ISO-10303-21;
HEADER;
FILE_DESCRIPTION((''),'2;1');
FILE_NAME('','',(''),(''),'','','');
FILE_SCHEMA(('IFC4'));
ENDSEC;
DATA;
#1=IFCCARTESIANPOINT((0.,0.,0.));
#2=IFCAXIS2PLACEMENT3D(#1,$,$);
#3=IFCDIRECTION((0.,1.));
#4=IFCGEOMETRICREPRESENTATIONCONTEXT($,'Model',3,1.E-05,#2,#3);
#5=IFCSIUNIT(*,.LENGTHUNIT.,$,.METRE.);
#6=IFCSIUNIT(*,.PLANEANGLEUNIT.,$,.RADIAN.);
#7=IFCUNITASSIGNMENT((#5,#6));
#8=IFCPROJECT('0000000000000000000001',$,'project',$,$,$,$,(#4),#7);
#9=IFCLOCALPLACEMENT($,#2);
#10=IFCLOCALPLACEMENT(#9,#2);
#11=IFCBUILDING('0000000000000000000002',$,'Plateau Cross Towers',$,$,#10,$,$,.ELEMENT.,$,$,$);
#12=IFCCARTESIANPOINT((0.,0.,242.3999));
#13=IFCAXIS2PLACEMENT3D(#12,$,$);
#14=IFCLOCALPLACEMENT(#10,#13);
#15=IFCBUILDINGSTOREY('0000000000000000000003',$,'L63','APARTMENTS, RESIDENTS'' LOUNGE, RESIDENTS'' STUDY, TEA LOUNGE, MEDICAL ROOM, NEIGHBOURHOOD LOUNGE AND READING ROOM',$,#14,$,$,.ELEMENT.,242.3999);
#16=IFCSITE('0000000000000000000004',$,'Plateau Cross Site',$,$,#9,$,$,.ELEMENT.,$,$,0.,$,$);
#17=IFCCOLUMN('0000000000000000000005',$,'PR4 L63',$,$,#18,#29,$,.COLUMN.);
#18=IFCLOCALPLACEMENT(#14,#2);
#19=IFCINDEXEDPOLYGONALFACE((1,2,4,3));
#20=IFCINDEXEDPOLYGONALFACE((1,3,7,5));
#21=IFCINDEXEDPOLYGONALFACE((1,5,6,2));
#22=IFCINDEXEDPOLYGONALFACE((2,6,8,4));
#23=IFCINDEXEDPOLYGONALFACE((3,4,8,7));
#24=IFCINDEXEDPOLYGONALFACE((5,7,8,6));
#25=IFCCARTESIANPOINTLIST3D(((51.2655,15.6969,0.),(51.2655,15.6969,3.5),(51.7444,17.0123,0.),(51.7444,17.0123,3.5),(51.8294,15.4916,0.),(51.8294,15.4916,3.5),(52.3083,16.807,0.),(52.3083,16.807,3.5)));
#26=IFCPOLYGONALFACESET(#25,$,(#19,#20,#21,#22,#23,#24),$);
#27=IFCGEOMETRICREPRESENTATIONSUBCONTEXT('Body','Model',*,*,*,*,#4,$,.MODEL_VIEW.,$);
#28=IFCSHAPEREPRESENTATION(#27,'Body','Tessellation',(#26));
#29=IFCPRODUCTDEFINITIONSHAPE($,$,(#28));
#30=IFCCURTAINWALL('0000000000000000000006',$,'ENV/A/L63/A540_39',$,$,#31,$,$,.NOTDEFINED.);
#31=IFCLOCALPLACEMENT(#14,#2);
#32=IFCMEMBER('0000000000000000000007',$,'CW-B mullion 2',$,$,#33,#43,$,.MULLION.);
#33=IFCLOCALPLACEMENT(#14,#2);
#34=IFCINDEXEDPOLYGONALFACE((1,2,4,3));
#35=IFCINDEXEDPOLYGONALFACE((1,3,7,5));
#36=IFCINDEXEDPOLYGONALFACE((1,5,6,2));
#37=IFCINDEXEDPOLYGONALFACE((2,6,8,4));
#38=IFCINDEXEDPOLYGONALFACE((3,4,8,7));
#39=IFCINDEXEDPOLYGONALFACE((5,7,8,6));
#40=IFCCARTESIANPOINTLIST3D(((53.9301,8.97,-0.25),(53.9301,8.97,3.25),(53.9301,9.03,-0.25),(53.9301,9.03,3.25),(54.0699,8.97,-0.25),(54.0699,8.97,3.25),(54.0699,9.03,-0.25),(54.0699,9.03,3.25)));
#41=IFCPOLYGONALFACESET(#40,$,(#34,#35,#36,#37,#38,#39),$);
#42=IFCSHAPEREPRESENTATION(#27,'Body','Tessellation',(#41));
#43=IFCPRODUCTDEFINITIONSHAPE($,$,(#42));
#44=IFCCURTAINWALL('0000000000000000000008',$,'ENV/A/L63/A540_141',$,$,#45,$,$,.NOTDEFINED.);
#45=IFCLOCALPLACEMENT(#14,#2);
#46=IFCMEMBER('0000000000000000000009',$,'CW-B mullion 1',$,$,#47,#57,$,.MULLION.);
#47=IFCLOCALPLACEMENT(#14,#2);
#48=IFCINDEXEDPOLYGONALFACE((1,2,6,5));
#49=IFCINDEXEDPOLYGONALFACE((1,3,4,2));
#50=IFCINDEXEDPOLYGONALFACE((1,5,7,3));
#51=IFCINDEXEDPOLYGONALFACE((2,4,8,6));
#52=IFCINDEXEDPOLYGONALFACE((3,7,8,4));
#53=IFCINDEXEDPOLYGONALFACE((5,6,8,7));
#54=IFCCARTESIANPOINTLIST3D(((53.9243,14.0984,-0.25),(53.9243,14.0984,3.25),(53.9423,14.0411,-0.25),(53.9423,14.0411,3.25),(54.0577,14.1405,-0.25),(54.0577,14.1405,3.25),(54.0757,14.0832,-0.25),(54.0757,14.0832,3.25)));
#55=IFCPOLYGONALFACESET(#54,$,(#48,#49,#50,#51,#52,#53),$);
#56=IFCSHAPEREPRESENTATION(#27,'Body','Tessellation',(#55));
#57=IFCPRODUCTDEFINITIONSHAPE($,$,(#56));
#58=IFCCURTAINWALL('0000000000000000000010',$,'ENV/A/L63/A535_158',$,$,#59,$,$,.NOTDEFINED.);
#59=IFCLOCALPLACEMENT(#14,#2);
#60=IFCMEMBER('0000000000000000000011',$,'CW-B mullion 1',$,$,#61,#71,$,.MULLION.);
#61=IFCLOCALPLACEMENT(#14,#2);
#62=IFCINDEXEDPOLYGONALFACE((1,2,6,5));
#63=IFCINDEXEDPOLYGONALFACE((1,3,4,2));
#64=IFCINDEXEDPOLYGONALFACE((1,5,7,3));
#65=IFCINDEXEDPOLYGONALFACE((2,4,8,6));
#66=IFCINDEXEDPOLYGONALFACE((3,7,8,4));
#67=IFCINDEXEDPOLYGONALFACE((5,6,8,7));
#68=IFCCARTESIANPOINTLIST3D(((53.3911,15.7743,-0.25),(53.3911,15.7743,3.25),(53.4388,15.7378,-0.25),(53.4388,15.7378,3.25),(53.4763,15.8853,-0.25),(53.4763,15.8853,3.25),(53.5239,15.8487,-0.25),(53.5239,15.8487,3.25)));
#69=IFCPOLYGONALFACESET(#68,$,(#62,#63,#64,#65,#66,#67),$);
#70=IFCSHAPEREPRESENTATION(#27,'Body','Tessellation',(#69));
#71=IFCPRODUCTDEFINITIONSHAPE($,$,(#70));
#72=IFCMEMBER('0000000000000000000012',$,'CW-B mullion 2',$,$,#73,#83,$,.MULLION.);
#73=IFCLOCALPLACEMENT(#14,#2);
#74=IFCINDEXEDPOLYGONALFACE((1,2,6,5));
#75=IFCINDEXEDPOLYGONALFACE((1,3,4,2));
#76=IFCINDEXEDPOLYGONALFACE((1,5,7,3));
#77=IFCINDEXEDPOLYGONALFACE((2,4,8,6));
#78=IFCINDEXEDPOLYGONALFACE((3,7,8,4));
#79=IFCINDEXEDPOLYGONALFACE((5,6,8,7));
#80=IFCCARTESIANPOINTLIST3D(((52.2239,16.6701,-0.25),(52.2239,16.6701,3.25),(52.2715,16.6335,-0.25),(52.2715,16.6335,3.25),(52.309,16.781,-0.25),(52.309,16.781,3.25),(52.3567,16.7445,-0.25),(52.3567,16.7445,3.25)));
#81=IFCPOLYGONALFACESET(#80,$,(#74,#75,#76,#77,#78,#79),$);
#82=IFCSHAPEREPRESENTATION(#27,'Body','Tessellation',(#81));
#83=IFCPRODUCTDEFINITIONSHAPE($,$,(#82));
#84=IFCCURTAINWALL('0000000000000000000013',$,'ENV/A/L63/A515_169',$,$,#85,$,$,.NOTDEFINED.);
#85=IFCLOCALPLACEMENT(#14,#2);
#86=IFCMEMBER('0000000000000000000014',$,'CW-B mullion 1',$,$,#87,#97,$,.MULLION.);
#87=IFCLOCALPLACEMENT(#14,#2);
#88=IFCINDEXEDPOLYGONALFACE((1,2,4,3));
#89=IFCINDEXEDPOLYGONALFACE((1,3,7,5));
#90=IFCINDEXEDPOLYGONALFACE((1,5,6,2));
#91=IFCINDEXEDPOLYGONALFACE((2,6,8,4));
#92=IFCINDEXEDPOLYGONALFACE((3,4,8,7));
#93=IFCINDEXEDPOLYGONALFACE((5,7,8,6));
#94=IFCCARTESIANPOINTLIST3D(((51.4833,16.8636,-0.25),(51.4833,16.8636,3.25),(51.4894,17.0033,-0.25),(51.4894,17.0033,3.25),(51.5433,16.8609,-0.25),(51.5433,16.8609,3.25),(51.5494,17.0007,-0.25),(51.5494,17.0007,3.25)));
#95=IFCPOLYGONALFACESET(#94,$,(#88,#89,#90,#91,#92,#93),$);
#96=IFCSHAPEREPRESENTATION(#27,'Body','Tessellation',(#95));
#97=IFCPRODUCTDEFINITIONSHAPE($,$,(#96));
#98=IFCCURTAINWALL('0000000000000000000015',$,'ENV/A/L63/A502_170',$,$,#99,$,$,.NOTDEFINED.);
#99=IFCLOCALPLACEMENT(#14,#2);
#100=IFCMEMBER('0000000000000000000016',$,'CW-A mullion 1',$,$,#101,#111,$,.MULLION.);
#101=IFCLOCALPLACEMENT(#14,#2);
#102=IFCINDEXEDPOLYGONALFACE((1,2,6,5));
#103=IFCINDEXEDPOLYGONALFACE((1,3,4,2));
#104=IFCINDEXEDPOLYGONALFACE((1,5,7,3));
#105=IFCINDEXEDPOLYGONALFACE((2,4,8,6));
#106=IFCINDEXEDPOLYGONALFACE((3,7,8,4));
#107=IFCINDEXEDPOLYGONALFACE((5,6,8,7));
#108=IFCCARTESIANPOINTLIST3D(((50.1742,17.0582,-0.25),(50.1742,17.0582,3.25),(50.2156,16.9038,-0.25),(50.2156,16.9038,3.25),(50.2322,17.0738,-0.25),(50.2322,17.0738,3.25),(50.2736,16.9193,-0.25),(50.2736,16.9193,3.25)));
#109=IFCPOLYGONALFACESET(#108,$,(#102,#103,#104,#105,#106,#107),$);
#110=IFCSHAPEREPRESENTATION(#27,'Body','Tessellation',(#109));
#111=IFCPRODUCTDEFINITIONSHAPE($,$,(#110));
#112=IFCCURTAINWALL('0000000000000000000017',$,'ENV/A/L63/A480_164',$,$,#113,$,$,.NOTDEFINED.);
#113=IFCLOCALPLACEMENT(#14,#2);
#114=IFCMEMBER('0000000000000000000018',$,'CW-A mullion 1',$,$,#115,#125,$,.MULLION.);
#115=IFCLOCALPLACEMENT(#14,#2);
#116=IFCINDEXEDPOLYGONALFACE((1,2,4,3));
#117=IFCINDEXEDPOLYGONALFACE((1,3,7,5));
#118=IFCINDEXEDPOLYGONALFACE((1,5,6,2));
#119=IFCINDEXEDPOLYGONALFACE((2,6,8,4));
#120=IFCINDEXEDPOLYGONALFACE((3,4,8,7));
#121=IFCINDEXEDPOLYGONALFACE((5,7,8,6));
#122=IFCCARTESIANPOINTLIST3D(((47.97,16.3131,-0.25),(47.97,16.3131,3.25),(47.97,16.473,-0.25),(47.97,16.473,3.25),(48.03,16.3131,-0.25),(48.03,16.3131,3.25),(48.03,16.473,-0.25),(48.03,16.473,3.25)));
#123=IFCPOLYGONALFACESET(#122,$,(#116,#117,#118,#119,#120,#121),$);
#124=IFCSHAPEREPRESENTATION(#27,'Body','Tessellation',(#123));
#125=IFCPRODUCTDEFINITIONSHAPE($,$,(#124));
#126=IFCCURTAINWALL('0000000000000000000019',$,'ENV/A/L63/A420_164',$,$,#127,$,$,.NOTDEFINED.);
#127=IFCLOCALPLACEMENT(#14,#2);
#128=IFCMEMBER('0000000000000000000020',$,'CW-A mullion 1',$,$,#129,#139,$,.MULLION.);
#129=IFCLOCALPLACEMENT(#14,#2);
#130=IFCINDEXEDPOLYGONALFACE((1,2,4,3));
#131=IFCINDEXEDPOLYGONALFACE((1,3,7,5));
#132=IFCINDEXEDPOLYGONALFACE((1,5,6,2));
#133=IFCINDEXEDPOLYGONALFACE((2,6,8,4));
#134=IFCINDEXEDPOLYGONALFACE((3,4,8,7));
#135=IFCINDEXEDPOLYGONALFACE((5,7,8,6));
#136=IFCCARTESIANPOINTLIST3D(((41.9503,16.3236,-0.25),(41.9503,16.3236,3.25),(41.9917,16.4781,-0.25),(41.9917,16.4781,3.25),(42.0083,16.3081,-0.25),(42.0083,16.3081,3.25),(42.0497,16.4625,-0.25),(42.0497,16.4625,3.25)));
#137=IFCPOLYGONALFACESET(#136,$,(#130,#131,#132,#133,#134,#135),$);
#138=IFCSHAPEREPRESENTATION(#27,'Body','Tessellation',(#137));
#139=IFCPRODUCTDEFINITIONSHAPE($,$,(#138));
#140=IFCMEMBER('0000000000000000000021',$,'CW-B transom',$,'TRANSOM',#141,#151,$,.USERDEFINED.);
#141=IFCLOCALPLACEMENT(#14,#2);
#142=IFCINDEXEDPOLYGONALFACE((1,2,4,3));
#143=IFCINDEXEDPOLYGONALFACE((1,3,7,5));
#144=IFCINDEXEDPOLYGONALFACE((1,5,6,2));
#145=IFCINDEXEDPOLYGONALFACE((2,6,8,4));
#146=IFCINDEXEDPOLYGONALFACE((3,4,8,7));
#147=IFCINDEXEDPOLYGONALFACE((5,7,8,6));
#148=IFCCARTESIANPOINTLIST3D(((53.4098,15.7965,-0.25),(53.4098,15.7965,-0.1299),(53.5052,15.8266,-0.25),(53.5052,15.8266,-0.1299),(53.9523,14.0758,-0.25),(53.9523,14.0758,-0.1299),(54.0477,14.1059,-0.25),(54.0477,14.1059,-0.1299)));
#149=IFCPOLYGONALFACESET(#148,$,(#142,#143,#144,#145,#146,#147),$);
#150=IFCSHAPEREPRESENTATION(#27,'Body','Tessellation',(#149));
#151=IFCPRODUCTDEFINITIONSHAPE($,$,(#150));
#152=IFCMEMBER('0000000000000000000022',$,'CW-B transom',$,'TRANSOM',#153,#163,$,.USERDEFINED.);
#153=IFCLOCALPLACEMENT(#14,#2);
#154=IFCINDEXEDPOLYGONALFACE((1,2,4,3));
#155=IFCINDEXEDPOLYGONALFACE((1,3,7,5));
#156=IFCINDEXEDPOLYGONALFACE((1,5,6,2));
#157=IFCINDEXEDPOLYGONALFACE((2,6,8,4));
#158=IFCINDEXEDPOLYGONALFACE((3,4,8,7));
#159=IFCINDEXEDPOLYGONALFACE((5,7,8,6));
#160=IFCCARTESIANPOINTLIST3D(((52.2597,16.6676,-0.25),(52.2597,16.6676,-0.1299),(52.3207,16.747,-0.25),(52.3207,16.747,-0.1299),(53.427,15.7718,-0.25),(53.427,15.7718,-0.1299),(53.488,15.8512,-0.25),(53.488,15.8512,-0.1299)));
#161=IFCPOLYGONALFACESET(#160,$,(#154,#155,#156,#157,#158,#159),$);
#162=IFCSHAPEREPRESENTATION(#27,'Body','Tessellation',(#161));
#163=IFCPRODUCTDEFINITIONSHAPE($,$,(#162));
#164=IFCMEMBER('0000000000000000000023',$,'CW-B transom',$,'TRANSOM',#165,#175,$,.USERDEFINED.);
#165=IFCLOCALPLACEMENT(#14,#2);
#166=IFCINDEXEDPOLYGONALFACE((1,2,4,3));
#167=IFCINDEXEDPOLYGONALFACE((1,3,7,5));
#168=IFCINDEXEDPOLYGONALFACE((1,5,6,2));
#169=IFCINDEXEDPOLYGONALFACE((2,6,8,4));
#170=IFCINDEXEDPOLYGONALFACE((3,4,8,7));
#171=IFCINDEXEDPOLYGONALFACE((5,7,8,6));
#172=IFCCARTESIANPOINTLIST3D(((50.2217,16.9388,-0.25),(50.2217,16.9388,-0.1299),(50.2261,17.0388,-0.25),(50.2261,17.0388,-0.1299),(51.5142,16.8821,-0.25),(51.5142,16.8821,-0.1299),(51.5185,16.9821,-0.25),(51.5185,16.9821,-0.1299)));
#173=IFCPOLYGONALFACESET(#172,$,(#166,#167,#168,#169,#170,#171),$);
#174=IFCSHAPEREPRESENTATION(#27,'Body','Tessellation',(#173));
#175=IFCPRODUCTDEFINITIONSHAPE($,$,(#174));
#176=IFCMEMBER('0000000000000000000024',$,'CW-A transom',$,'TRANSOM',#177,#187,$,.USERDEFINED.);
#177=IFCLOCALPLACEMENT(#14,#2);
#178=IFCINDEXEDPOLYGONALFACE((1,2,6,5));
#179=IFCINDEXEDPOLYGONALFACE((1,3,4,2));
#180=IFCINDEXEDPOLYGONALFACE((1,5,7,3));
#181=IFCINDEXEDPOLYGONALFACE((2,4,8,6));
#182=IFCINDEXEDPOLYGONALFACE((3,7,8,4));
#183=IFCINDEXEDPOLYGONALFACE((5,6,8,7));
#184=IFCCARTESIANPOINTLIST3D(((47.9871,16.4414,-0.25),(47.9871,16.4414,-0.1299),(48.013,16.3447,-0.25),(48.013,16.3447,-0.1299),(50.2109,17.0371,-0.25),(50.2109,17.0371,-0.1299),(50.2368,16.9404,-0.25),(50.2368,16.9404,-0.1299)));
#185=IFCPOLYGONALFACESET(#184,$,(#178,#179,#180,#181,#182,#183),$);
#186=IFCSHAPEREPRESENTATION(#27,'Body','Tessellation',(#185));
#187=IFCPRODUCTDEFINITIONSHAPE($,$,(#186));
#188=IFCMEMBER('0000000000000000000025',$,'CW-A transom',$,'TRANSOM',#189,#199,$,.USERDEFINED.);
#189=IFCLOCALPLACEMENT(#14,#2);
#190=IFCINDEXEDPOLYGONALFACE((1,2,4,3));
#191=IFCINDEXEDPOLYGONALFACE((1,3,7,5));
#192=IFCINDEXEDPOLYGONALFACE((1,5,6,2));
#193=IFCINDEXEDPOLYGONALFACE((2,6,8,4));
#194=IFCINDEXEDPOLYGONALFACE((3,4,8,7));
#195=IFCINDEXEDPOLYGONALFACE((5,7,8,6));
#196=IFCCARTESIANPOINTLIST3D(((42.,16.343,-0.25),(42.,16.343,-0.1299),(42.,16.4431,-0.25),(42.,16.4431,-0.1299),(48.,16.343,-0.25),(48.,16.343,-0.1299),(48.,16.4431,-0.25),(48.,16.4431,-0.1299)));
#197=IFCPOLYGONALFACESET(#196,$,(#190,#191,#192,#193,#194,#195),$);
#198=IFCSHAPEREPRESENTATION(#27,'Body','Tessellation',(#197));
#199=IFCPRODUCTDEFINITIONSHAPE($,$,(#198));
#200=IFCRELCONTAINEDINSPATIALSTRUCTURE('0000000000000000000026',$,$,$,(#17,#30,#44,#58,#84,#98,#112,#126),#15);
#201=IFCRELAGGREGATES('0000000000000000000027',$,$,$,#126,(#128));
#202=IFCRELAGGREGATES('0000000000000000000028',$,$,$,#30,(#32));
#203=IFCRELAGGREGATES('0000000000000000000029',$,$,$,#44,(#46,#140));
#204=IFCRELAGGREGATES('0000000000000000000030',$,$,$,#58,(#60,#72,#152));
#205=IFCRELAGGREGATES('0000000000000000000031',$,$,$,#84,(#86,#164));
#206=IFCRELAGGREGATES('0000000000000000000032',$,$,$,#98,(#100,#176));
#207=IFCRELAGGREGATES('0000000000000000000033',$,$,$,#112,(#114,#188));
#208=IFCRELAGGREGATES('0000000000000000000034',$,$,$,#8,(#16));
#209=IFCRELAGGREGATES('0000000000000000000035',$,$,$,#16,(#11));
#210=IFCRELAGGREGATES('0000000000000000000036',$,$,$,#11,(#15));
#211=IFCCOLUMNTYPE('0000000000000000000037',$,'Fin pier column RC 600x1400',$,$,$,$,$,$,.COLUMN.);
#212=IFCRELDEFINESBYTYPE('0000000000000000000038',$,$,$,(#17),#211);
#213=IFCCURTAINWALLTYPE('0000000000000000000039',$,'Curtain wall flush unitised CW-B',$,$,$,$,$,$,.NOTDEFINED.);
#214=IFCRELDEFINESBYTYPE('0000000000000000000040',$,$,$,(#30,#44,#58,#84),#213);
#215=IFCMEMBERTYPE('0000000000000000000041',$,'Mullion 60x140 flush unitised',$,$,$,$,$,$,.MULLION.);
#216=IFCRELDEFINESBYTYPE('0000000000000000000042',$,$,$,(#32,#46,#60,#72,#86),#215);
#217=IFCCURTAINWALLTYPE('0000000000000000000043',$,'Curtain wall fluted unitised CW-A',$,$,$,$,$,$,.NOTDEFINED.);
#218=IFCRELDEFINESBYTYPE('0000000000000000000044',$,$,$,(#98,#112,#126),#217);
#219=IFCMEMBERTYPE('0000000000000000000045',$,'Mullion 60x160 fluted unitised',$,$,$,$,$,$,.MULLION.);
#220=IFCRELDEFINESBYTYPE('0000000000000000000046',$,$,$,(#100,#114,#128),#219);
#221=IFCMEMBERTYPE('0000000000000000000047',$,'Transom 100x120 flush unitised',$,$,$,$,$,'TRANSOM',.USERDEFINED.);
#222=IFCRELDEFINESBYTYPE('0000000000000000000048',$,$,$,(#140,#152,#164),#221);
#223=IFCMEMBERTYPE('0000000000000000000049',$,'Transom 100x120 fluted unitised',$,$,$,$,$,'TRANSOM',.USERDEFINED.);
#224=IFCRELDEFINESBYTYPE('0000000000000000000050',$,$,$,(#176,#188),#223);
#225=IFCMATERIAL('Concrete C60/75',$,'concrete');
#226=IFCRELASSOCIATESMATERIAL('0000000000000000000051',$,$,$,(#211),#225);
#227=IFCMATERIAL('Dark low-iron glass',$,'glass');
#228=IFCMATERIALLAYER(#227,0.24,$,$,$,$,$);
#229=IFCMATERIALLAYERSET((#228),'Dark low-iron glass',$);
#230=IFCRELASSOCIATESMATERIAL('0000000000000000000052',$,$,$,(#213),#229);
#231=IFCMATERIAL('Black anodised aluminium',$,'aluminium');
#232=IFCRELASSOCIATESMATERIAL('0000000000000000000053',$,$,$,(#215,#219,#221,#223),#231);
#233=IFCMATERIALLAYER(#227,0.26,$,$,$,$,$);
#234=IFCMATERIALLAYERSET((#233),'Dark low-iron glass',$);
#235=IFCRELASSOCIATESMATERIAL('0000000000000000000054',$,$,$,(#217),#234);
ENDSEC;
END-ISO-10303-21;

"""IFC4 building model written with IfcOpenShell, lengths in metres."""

from ifc_helpers import new_model, si_unit, direction, frame, origin, origin_2d, place, context, subcontext, project, spatial, rectangle, extrude, material, layer, layer_set, material_profile, profile_set, type_object, element, aggregate, save


model = new_model("IFC4")

# Units and contexts
model_context = context("Model", 3, precision=1e-05, world=origin(), true_north=direction((0.0, 1.0)))
body_context = subcontext(model_context, "Body", "Model", "MODEL_VIEW")
ifc_project = project(units=[si_unit("LENGTHUNIT", "METRE"), si_unit("PLANEANGLEUNIT", "RADIAN")], contexts=[model_context])

# Site, building, storey
site_placement = place(None, origin())
site = spatial("IfcSite", under=ifc_project, at=site_placement, Name="Plateau Cross Site", CompositionType="ELEMENT", RefElevation=0.0)
building_placement = place(site_placement, origin())
building = spatial("IfcBuilding", under=site, at=building_placement, Name="Plateau Cross Towers", CompositionType="ELEMENT")
storey_placement = place(building_placement, frame((0.0, 0.0, 242.3999)))
storey = spatial("IfcBuildingStorey", under=building, at=storey_placement, Name="L63", Description="APARTMENTS, RESIDENTS' LOUNGE, RESIDENTS' STUDY, TEA LOUNGE, MEDICAL ROOM, NEIGHBOURHOOD LOUNGE AND READING ROOM", CompositionType="ELEMENT", Elevation=242.3999)

# Column
ifc_material_1 = material(Name="Concrete C60/75", Category="concrete")
ifc_material_profile_1 = material_profile(ifc_material_1, rectangle(XDim=0.6001, YDim=1.3999, at=origin_2d()), Name="RC 600x1400")
ifc_profile_set_1 = profile_set([ifc_material_profile_1], Name="Concrete C60/75")
column_type = type_object("IfcColumnType", Name="Fin pier column RC 600x1400", PredefinedType="COLUMN", material=ifc_profile_set_1)
column_placement = place(storey_placement, frame((51.7869, 16.252, 0.0), z_axis=(0.0, 0.0, 1.0), x_axis=(-0.939664, 0.342098, 0.0)))
element("IfcColumn", 1, at=column_placement, inside=storey, type_object=column_type, Name="PR4 L63", PredefinedType="COLUMN", context=body_context, shape_type="SweptSolid", body=[
    extrude(rectangle(XDim=0.6001, YDim=1.3999, at=origin_2d()), origin(), (0.0, 0.0, 1.0), 3.5),
])

# Curtain walls, members
ifc_material_2 = material(Name="Dark low-iron glass", Category="glass")
ifc_layer_1 = layer(ifc_material_2, 0.24)
ifc_layer_set_1 = layer_set([ifc_layer_1], Name="Dark low-iron glass")
curtain_wall_type_1 = type_object("IfcCurtainWallType", Name="Curtain wall flush unitised CW-B", PredefinedType="NOTDEFINED", material=ifc_layer_set_1)
curtain_wall_1_placement = place(storey_placement, origin())
curtain_wall_1 = element("IfcCurtainWall", 2, at=curtain_wall_1_placement, inside=storey, type_object=curtain_wall_type_1, Name="ENV/A/L63/A540_39", PredefinedType="NOTDEFINED")
ifc_material_3 = material(Name="Black anodised aluminium", Category="aluminium")
ifc_material_profile_2 = material_profile(ifc_material_3, rectangle(XDim=0.0601, YDim=0.1399, at=origin_2d()), Name="MULLION 60x140")
ifc_profile_set_2 = profile_set([ifc_material_profile_2], Name="Black anodised aluminium")
member_type_1 = type_object("IfcMemberType", Name="Mullion 60x140 flush unitised", PredefinedType="MULLION", material=ifc_profile_set_2)
member_1_placement = place(storey_placement, frame((54.0, 9.0, -0.25), z_axis=(0.0, 0.0, 1.0), x_axis=(0.0, 1.0, 0.0)))
member_1 = element("IfcMember", 3, at=member_1_placement, type_object=member_type_1, Name="CW-B mullion 2", PredefinedType="MULLION", context=body_context, shape_type="SweptSolid", body=[
    extrude(rectangle(XDim=0.0601, YDim=0.1399, at=origin_2d()), origin(), (0.0, 0.0, 1.0), 3.5),
])
curtain_wall_2_placement = place(storey_placement, origin())
curtain_wall_2 = element("IfcCurtainWall", 4, at=curtain_wall_2_placement, inside=storey, type_object=curtain_wall_type_1, Name="ENV/A/L63/A540_141", PredefinedType="NOTDEFINED")
member_2_placement = place(storey_placement, frame((54.0, 14.0908, -0.25), z_axis=(0.0, 0.0, 1.0), x_axis=(-0.300686, 0.953723, 0.0)))
member_2 = element("IfcMember", 5, at=member_2_placement, type_object=member_type_1, Name="CW-B mullion 1", PredefinedType="MULLION", context=body_context, shape_type="SweptSolid", body=[
    extrude(rectangle(XDim=0.0601, YDim=0.1399, at=origin_2d()), origin(), (0.0, 0.0, 1.0), 3.5),
])

# Curtain wall, members
curtain_wall_3_placement = place(storey_placement, origin())
curtain_wall_3 = element("IfcCurtainWall", 6, at=curtain_wall_3_placement, inside=storey, type_object=curtain_wall_type_1, Name="ENV/A/L63/A535_158", PredefinedType="NOTDEFINED")
member_3_placement = place(storey_placement, frame((53.4575, 15.8115, -0.25), z_axis=(0.0, 0.0, 1.0), x_axis=(-0.793316, 0.608811, 0.0)))
member_3 = element("IfcMember", 7, at=member_3_placement, type_object=member_type_1, Name="CW-B mullion 1", PredefinedType="MULLION", context=body_context, shape_type="SweptSolid", body=[
    extrude(rectangle(XDim=0.0601, YDim=0.1399, at=origin_2d()), origin(), (0.0, 0.0, 1.0), 3.5),
])
member_4_placement = place(storey_placement, frame((52.2903, 16.7073, -0.25), z_axis=(0.0, 0.0, 1.0), x_axis=(-0.793316, 0.608811, 0.0)))
member_4 = element("IfcMember", 8, at=member_4_placement, type_object=member_type_1, Name="CW-B mullion 2", PredefinedType="MULLION", context=body_context, shape_type="SweptSolid", body=[
    extrude(rectangle(XDim=0.0601, YDim=0.1399, at=origin_2d()), origin(), (0.0, 0.0, 1.0), 3.5),
])

# Curtain walls, members
curtain_wall_4_placement = place(storey_placement, origin())
curtain_wall_4 = element("IfcCurtainWall", 9, at=curtain_wall_4_placement, inside=storey, type_object=curtain_wall_type_1, Name="ENV/A/L63/A515_169", PredefinedType="NOTDEFINED")
member_5_placement = place(storey_placement, frame((51.5164, 16.9321, -0.25), z_axis=(0.0, 0.0, 1.0), x_axis=(-0.999044, 0.043723, 0.0)))
member_5 = element("IfcMember", 10, at=member_5_placement, type_object=member_type_1, Name="CW-B mullion 1", PredefinedType="MULLION", context=body_context, shape_type="SweptSolid", body=[
    extrude(rectangle(XDim=0.0601, YDim=0.1399, at=origin_2d()), origin(), (0.0, 0.0, 1.0), 3.5),
])
ifc_layer_2 = layer(ifc_material_2, 0.26)
ifc_layer_set_2 = layer_set([ifc_layer_2], Name="Dark low-iron glass")
curtain_wall_type_2 = type_object("IfcCurtainWallType", Name="Curtain wall fluted unitised CW-A", PredefinedType="NOTDEFINED", material=ifc_layer_set_2)
curtain_wall_5_placement = place(storey_placement, origin())
curtain_wall_5 = element("IfcCurtainWall", 11, at=curtain_wall_5_placement, inside=storey, type_object=curtain_wall_type_2, Name="ENV/A/L63/A502_170", PredefinedType="NOTDEFINED")
ifc_material_profile_3 = material_profile(ifc_material_3, rectangle(XDim=0.0601, YDim=0.1599, at=origin_2d()), Name="MULLION 60x160")
ifc_profile_set_3 = profile_set([ifc_material_profile_3], Name="Black anodised aluminium")
member_type_2 = type_object("IfcMemberType", Name="Mullion 60x160 fluted unitised", PredefinedType="MULLION", material=ifc_profile_set_3)
member_6_placement = place(storey_placement, frame((50.2239, 16.9888, -0.25), z_axis=(0.0, 0.0, 1.0), x_axis=(-0.965958, -0.258699, 0.0)))
member_6 = element("IfcMember", 12, at=member_6_placement, type_object=member_type_2, Name="CW-A mullion 1", PredefinedType="MULLION", context=body_context, shape_type="SweptSolid", body=[
    extrude(rectangle(XDim=0.0601, YDim=0.1599, at=origin_2d()), origin(), (0.0, 0.0, 1.0), 3.5),
])
curtain_wall_6_placement = place(storey_placement, origin())
curtain_wall_6 = element("IfcCurtainWall", 13, at=curtain_wall_6_placement, inside=storey, type_object=curtain_wall_type_2, Name="ENV/A/L63/A480_164", PredefinedType="NOTDEFINED")
member_7_placement = place(storey_placement, frame((48.0, 16.3931, -0.25), z_axis=(0.0, 0.0, 1.0), x_axis=(-1.0, 0.0, 0.0)))
member_7 = element("IfcMember", 14, at=member_7_placement, type_object=member_type_2, Name="CW-A mullion 1", PredefinedType="MULLION", context=body_context, shape_type="SweptSolid", body=[
    extrude(rectangle(XDim=0.0601, YDim=0.1599, at=origin_2d()), origin(), (0.0, 0.0, 1.0), 3.5),
])
curtain_wall_7_placement = place(storey_placement, origin())
curtain_wall_7 = element("IfcCurtainWall", 15, at=curtain_wall_7_placement, inside=storey, type_object=curtain_wall_type_2, Name="ENV/A/L63/A420_164", PredefinedType="NOTDEFINED")
member_8_placement = place(storey_placement, frame((42.0, 16.3931, -0.25), z_axis=(0.0, 0.0, 1.0), x_axis=(-0.965958, 0.258699, 0.0)))
member_8 = element("IfcMember", 16, at=member_8_placement, type_object=member_type_2, Name="CW-A mullion 1", PredefinedType="MULLION", context=body_context, shape_type="SweptSolid", body=[
    extrude(rectangle(XDim=0.0601, YDim=0.1599, at=origin_2d()), origin(), (0.0, 0.0, 1.0), 3.5),
])

# Members
ifc_material_profile_4 = material_profile(ifc_material_3, rectangle(XDim=0.1001, YDim=0.1201, at=origin_2d()), Name="TRANSOM 100x120")
ifc_profile_set_4 = profile_set([ifc_material_profile_4], Name="Black anodised aluminium")
member_type_3 = type_object("IfcMemberType", Name="Transom 100x120 flush unitised", ElementType="TRANSOM", PredefinedType="USERDEFINED", material=ifc_profile_set_4)
member_9_placement = place(storey_placement, frame((54.0, 14.0908, -0.1899), z_axis=(-0.300678, 0.953726, 0.0), x_axis=(-0.953726, -0.300678, 0.0)))
member_9 = element("IfcMember", 17, at=member_9_placement, type_object=member_type_3, Name="CW-B transom", ObjectType="TRANSOM", PredefinedType="USERDEFINED", context=body_context, shape_type="SweptSolid", body=[
    extrude(rectangle(XDim=0.1001, YDim=0.1201, at=origin_2d()), origin(), (0.0, 0.0, 1.0), 1.8042),
])
member_10_placement = place(storey_placement, frame((53.4575, 15.8115, -0.1899), z_axis=(-0.793321, 0.608804, 0.0), x_axis=(-0.608804, -0.793321, 0.0)))
member_10 = element("IfcMember", 18, at=member_10_placement, type_object=member_type_3, Name="CW-B transom", ObjectType="TRANSOM", PredefinedType="USERDEFINED", context=body_context, shape_type="SweptSolid", body=[
    extrude(rectangle(XDim=0.1001, YDim=0.1201, at=origin_2d()), origin(), (0.0, 0.0, 1.0), 1.4714),
])
member_11_placement = place(storey_placement, frame((51.5164, 16.9321, -0.1899), z_axis=(-0.999041, 0.043781, 0.0), x_axis=(-0.043781, -0.999041, 0.0)))
member_11 = element("IfcMember", 19, at=member_11_placement, type_object=member_type_3, Name="CW-B transom", ObjectType="TRANSOM", PredefinedType="USERDEFINED", context=body_context, shape_type="SweptSolid", body=[
    extrude(rectangle(XDim=0.1001, YDim=0.1201, at=origin_2d()), origin(), (0.0, 0.0, 1.0), 1.2937),
])
ifc_material_profile_5 = material_profile(ifc_material_3, rectangle(XDim=0.1001, YDim=0.1201, at=origin_2d()), Name="TRANSOM 100x120")
ifc_profile_set_5 = profile_set([ifc_material_profile_5], Name="Black anodised aluminium")
member_type_4 = type_object("IfcMemberType", Name="Transom 100x120 fluted unitised", ElementType="TRANSOM", PredefinedType="USERDEFINED", material=ifc_profile_set_5)
member_12_placement = place(storey_placement, frame((50.2239, 16.9888, -0.1899), z_axis=(-0.965946, -0.258745, 0.0), x_axis=(0.258745, -0.965946, 0.0)))
member_12 = element("IfcMember", 20, at=member_12_placement, type_object=member_type_4, Name="CW-A transom", ObjectType="TRANSOM", PredefinedType="USERDEFINED", context=body_context, shape_type="SweptSolid", body=[
    extrude(rectangle(XDim=0.1001, YDim=0.1201, at=origin_2d()), origin(), (0.0, 0.0, 1.0), 2.3022),
])
member_13_placement = place(storey_placement, frame((48.0, 16.3931, -0.1899), z_axis=(-1.0, 0.0, 0.0), x_axis=(0.0, -1.0, 0.0)))
member_13 = element("IfcMember", 21, at=member_13_placement, type_object=member_type_4, Name="CW-A transom", ObjectType="TRANSOM", PredefinedType="USERDEFINED", context=body_context, shape_type="SweptSolid", body=[
    extrude(rectangle(XDim=0.1001, YDim=0.1201, at=origin_2d()), origin(), (0.0, 0.0, 1.0), 6.0),
])
aggregate(curtain_wall_7, [member_8])

aggregate(curtain_wall_1, [member_1])
aggregate(curtain_wall_2, [member_2, member_9])
aggregate(curtain_wall_3, [member_3, member_4, member_10])
aggregate(curtain_wall_4, [member_5, member_11])
aggregate(curtain_wall_5, [member_6, member_12])
aggregate(curtain_wall_6, [member_7, member_13])

save(model, "model.ifc")
